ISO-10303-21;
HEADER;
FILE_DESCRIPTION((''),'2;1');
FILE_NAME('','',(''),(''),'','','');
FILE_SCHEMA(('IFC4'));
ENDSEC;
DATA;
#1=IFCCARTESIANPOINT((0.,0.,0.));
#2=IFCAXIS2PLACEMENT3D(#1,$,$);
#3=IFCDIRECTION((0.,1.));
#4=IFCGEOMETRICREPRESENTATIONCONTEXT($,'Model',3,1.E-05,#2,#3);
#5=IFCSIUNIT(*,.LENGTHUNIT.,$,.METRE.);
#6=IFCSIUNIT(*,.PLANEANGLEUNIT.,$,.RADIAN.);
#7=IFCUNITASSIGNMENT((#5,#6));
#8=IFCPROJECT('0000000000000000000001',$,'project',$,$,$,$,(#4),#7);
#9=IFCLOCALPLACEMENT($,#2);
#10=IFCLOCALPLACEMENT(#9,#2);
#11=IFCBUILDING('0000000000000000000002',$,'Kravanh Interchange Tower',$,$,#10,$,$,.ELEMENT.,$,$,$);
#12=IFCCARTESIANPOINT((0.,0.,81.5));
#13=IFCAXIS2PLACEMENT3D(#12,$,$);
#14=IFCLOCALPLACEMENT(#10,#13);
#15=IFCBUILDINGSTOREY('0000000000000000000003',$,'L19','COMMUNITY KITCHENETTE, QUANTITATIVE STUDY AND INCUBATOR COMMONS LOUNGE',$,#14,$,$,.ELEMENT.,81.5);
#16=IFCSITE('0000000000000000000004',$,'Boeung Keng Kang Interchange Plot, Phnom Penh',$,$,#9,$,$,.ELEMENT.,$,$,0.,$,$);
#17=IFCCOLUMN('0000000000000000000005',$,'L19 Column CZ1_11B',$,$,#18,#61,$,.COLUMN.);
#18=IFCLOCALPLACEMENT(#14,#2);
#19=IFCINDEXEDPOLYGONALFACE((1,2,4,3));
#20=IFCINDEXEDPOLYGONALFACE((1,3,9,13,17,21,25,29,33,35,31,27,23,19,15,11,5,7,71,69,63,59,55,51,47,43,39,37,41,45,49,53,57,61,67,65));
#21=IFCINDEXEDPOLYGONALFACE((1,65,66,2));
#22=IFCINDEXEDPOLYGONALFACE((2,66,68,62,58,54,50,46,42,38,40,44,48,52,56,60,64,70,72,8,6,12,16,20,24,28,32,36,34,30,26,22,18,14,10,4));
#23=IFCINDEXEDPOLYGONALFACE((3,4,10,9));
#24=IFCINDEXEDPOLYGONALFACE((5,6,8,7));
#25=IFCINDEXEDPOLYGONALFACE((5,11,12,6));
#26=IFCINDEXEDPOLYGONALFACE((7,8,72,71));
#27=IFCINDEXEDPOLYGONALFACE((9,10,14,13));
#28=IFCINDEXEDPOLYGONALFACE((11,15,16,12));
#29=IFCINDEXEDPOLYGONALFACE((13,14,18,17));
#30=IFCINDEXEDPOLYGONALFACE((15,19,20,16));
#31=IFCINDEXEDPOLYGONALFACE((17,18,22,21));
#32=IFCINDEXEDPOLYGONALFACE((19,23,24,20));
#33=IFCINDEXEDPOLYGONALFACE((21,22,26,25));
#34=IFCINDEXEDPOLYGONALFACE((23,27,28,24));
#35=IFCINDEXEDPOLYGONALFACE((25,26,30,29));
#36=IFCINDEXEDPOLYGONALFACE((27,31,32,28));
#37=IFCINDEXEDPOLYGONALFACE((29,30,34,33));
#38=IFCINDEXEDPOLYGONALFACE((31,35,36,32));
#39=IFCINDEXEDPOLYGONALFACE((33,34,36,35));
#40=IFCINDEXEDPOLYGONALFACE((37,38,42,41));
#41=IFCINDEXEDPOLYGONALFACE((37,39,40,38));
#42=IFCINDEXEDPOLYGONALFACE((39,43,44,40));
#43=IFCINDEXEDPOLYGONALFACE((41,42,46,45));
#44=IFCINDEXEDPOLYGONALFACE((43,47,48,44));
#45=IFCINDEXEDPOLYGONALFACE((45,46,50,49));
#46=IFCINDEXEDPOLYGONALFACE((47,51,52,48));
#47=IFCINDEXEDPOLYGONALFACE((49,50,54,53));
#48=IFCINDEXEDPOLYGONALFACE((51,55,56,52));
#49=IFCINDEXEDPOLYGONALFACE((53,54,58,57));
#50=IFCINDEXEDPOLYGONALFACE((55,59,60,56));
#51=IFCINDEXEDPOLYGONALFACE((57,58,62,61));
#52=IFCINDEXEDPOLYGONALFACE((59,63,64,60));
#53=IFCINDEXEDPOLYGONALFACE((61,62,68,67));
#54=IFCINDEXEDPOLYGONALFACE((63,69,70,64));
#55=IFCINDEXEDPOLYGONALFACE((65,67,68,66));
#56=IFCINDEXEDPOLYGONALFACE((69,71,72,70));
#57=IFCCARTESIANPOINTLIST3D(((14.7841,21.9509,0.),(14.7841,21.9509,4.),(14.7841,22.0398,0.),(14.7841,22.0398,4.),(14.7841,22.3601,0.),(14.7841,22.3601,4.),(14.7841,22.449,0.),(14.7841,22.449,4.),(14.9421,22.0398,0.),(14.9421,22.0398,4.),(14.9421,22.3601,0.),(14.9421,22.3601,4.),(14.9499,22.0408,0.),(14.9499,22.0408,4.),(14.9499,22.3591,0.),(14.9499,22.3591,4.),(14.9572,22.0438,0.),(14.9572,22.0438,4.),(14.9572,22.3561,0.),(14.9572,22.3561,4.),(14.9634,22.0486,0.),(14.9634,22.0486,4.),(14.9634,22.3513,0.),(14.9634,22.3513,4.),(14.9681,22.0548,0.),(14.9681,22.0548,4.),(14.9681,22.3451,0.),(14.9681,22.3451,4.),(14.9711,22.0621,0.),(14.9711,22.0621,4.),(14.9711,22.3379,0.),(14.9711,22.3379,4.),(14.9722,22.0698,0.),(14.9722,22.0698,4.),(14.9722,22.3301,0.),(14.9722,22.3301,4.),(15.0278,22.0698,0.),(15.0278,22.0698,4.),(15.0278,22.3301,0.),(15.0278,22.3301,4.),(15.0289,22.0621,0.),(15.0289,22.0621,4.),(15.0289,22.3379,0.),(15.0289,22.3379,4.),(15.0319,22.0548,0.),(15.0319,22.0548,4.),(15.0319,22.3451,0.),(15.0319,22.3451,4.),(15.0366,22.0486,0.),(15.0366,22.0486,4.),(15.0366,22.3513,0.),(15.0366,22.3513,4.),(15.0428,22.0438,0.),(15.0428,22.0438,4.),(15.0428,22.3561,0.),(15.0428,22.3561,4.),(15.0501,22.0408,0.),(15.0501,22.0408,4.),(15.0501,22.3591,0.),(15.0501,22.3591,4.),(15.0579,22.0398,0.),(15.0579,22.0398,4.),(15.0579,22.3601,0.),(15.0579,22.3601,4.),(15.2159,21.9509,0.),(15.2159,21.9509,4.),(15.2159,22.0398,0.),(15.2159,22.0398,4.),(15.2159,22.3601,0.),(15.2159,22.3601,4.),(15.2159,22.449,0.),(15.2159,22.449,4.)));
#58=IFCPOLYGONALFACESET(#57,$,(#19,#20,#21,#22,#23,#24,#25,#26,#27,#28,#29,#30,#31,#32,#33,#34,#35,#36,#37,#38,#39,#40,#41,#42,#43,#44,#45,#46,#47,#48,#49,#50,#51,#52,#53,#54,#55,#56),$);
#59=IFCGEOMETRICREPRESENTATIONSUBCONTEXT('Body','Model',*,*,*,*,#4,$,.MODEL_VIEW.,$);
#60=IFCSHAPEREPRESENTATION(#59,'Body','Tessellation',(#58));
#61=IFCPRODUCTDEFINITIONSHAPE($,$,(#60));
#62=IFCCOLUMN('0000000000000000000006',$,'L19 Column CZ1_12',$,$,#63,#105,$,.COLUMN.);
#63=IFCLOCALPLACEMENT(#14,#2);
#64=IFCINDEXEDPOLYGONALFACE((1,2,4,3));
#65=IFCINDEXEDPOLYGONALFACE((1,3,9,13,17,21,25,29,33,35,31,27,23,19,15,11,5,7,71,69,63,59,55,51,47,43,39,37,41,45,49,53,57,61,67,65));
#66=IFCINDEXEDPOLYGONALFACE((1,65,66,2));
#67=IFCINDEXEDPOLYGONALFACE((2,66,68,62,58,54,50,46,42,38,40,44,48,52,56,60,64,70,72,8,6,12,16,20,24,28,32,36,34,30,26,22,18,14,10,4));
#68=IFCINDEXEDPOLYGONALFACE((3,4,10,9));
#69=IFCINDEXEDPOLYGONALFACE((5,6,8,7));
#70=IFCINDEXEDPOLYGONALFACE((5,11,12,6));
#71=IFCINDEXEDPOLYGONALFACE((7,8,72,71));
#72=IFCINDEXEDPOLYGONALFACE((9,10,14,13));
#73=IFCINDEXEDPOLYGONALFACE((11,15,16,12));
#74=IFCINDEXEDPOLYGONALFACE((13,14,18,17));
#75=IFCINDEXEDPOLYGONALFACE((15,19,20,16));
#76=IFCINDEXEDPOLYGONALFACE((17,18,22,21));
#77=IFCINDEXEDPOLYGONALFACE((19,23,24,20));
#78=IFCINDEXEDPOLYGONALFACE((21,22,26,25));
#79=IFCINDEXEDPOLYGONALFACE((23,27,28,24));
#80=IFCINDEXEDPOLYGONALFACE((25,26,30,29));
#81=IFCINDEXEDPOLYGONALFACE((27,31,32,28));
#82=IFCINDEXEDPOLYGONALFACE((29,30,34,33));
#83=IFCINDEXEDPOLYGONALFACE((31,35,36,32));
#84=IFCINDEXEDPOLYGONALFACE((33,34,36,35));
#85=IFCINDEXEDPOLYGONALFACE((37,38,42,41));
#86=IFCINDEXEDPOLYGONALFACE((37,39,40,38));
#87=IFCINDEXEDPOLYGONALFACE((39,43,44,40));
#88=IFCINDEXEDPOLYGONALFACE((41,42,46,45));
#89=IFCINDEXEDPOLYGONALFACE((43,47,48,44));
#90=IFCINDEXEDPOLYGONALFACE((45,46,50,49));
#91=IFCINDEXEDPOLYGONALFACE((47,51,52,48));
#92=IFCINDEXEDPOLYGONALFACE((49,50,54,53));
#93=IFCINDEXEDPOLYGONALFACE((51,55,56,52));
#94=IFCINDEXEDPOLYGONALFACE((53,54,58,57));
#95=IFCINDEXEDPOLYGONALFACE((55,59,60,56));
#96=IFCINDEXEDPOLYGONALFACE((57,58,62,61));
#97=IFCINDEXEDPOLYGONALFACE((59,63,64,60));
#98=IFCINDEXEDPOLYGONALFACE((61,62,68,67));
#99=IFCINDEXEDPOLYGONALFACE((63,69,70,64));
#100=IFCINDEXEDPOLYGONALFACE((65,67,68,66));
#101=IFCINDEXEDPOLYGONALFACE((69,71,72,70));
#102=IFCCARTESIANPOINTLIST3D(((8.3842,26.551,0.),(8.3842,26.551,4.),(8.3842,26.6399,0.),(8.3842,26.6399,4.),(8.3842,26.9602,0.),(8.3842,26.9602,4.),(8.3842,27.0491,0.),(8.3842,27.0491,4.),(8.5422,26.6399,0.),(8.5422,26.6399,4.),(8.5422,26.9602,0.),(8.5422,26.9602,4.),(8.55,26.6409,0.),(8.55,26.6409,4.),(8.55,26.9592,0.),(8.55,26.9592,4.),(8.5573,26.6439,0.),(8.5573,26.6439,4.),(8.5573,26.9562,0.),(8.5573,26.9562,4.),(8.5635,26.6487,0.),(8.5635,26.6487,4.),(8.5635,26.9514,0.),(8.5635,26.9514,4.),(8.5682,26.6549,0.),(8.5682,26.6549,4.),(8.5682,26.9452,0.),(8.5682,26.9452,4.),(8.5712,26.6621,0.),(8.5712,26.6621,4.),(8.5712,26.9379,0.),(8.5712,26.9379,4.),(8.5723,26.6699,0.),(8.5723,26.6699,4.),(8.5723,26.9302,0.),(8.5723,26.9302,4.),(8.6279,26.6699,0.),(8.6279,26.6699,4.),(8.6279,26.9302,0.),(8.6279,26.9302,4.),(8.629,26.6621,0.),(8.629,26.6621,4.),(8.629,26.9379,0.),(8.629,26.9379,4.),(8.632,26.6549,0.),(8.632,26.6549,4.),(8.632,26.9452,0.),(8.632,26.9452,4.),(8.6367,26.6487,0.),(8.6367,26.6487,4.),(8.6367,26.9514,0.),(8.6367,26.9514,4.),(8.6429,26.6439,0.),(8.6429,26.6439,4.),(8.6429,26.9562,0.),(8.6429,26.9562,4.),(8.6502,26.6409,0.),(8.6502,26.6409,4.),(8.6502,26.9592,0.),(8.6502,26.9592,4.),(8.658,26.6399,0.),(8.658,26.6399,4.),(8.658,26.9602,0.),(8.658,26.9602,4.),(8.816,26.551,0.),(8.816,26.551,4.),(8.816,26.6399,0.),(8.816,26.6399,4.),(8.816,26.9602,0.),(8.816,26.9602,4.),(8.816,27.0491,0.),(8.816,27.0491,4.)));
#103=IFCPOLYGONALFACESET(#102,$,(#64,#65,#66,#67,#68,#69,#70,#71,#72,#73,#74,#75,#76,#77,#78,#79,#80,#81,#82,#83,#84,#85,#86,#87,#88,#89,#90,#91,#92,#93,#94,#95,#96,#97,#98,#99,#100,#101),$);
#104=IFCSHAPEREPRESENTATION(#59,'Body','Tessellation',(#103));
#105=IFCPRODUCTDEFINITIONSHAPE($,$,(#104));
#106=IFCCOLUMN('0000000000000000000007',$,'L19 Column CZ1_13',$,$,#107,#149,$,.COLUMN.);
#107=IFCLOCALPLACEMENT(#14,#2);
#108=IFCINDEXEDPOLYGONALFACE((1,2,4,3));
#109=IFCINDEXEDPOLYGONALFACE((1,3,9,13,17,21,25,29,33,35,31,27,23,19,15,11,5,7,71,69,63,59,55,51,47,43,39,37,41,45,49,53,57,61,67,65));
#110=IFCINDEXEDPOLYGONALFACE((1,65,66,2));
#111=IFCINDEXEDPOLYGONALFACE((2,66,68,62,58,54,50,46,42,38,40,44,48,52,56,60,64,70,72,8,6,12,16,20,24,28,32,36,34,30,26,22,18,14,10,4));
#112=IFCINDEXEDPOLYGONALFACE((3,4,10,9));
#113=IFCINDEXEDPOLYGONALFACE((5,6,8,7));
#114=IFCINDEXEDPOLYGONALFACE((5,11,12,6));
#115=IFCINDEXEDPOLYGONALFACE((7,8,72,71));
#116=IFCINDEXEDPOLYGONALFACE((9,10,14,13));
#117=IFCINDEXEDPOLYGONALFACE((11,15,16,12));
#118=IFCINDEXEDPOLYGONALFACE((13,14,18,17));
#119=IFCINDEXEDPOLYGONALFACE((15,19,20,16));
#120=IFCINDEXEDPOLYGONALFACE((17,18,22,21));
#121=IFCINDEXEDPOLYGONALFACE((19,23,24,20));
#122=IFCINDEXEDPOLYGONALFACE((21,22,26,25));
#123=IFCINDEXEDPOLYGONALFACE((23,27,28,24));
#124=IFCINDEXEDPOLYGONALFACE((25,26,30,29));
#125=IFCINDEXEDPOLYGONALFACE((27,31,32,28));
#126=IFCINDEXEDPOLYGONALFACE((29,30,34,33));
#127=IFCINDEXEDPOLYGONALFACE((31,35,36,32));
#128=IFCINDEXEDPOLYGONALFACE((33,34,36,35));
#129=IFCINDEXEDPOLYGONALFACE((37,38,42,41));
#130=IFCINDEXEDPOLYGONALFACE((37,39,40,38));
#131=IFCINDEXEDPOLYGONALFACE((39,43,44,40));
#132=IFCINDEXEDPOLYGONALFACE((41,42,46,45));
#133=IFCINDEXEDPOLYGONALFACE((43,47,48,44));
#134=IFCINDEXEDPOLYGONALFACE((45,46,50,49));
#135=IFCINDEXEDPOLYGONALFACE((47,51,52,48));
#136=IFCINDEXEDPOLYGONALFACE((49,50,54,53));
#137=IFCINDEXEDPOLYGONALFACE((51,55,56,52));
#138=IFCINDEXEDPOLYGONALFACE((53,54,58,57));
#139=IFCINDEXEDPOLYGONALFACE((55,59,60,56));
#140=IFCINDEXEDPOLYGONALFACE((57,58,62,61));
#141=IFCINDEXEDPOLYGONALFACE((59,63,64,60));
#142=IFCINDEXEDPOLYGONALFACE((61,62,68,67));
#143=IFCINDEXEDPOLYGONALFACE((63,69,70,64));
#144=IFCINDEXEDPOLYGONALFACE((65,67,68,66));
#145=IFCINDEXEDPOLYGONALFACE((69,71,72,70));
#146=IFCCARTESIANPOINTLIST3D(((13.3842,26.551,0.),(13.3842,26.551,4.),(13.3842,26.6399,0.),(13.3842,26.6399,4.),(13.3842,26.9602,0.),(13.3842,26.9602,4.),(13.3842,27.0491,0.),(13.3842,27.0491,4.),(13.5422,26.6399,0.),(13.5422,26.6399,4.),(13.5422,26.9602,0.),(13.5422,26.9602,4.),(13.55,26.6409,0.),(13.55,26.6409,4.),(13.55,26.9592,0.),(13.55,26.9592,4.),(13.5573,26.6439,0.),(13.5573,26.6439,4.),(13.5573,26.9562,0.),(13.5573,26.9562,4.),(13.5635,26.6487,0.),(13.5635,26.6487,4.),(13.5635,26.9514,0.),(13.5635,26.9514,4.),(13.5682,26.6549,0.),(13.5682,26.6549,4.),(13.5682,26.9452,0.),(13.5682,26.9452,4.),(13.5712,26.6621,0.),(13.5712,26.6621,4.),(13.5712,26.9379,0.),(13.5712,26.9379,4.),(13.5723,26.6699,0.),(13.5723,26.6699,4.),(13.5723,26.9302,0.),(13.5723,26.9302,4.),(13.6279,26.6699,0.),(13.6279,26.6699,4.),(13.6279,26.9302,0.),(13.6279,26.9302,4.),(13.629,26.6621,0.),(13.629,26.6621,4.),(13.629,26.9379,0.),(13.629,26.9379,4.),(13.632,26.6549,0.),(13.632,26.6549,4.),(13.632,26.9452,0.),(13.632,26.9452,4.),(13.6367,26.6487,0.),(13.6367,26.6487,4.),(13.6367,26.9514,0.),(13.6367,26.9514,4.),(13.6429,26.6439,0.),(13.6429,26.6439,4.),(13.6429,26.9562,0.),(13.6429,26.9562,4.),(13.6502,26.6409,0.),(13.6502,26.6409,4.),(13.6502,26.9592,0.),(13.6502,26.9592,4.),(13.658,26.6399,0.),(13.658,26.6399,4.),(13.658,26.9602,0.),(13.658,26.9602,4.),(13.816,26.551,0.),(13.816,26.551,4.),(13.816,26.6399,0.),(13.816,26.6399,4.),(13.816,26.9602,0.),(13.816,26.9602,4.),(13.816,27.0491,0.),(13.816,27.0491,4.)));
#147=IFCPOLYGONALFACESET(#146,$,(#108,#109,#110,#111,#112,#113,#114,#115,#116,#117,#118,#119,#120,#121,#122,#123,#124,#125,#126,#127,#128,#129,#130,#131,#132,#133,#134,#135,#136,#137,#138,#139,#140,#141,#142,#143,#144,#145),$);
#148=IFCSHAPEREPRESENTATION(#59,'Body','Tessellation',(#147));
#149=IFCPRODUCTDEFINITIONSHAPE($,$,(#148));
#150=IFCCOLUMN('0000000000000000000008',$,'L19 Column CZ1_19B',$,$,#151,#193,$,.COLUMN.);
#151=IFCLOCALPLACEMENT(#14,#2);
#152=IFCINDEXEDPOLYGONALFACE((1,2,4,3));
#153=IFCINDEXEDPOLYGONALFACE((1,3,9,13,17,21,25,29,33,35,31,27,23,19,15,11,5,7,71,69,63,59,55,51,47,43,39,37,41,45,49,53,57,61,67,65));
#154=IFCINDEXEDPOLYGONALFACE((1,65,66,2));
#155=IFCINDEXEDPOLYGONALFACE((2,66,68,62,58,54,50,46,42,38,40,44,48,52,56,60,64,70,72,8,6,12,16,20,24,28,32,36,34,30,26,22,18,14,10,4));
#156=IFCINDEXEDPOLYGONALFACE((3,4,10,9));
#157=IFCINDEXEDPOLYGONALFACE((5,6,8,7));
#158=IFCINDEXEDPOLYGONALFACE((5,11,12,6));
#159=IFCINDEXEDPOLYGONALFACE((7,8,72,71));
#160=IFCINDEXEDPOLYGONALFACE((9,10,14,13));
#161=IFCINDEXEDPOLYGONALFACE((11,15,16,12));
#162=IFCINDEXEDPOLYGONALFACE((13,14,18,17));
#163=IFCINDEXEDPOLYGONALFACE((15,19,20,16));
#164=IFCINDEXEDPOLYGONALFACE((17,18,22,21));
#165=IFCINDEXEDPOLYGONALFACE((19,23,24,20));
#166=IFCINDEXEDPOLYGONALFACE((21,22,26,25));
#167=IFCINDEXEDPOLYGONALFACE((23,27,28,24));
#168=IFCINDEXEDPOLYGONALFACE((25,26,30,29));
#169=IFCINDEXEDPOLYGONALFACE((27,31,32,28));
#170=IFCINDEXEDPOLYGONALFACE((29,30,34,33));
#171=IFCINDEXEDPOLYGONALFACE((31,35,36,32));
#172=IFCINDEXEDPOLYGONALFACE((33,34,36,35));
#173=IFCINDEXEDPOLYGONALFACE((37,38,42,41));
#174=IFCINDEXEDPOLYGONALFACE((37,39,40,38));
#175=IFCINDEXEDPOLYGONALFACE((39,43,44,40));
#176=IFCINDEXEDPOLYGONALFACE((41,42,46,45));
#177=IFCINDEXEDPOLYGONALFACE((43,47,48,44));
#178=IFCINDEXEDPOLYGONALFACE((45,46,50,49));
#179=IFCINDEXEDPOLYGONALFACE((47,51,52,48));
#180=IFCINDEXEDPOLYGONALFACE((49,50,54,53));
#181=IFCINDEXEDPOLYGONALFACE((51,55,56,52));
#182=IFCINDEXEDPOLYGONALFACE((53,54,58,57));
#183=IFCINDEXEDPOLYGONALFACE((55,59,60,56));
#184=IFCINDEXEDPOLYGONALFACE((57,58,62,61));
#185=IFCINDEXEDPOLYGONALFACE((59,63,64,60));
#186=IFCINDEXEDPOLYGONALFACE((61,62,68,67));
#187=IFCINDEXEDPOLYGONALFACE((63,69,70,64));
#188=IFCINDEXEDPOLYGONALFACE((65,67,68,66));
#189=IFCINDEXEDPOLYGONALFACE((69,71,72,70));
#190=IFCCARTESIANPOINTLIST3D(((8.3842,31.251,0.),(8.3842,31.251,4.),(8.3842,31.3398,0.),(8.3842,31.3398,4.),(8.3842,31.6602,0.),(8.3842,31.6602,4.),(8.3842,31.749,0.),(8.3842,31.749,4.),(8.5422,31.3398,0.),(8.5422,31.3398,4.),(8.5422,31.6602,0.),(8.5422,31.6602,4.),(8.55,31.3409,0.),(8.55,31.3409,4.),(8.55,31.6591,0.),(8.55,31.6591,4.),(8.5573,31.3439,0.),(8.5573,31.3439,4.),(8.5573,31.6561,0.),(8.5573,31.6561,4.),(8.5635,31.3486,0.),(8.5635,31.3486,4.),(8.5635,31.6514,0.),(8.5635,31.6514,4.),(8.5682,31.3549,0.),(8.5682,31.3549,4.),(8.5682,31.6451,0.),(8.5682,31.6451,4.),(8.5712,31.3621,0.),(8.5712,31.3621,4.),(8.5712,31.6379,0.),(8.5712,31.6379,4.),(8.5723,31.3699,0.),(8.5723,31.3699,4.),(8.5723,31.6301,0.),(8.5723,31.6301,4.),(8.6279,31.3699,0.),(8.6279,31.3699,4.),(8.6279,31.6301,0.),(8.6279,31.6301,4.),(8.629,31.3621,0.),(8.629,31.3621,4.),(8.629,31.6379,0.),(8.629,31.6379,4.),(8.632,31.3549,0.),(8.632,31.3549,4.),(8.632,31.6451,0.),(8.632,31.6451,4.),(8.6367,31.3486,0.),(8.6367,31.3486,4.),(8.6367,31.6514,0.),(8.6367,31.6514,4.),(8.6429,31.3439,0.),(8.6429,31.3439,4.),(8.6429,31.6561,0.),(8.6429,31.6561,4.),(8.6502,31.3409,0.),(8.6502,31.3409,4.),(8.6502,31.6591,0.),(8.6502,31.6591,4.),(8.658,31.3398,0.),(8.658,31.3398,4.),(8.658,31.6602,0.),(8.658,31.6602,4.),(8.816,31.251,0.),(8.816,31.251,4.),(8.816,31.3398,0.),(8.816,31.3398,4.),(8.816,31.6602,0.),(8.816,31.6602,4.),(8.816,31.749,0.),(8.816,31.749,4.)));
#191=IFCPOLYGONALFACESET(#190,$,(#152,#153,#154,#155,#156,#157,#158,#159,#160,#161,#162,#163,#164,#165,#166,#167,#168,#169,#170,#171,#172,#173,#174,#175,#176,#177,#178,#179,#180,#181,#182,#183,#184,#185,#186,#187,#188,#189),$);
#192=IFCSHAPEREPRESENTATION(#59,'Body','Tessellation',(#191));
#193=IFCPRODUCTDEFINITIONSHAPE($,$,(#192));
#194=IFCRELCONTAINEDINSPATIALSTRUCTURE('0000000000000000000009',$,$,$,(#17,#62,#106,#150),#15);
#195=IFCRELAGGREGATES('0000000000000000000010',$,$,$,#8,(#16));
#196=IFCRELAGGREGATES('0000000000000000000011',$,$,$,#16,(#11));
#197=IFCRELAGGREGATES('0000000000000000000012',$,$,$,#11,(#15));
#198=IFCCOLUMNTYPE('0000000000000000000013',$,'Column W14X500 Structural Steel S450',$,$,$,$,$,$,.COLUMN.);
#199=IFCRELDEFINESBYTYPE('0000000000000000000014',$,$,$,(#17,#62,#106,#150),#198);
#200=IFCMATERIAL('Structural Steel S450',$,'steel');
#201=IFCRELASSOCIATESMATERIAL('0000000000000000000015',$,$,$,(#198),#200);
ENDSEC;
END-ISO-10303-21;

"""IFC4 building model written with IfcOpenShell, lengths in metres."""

from ifc_helpers import new_model, si_unit, direction, frame, origin, origin_2d, place, context, subcontext, project, spatial, i_section, extrude, material, material_profile, profile_set, type_object, element, save


model = new_model("IFC4")

# Units and contexts
model_context = context("Model", 3, precision=1e-05, world=origin(), true_north=direction((0.0, 1.0)))
body_context = subcontext(model_context, "Body", "Model", "MODEL_VIEW")
ifc_project = project(units=[si_unit("LENGTHUNIT", "METRE"), si_unit("PLANEANGLEUNIT", "RADIAN")], contexts=[model_context])

# Site, building, storey
site_placement = place(None, origin())
site = spatial("IfcSite", under=ifc_project, at=site_placement, Name="Boeung Keng Kang Interchange Plot, Phnom Penh", CompositionType="ELEMENT", RefElevation=0.0)
building_placement = place(site_placement, origin())
building = spatial("IfcBuilding", under=site, at=building_placement, Name="Kravanh Interchange Tower", CompositionType="ELEMENT")
storey_placement = place(building_placement, frame((0.0, 0.0, 81.5)))
storey = spatial("IfcBuildingStorey", under=building, at=storey_placement, Name="L19", Description="COMMUNITY KITCHENETTE, QUANTITATIVE STUDY AND INCUBATOR COMMONS LOUNGE", CompositionType="ELEMENT", Elevation=81.5)

# Columns
ifc_material_1 = material(Name="Structural Steel S450", Category="steel")
ifc_material_profile_1 = material_profile(ifc_material_1, i_section(OverallWidth=0.4319, OverallDepth=0.498, WebThickness=0.0557, FlangeThickness=0.0889, FilletRadius=0.03, at=origin_2d()), Name="W14X500")
ifc_profile_set_1 = profile_set([ifc_material_profile_1], Name="Structural Steel S450")
column_type = type_object("IfcColumnType", Name="Column W14X500 Structural Steel S450", PredefinedType="COLUMN", material=ifc_profile_set_1)
for number, where, z_axis, x_axis, name in (
    (1, (15.0, 22.2, 0.0), (0.0, 0.0, 1.0), (1.0, 0.0, 0.0), "L19 Column CZ1_11B"),
    (2, (8.6001, 26.8, 0.0), (0.0, 0.0, 1.0), (1.0, 0.0, 0.0), "L19 Column CZ1_12"),
    (3, (13.6001, 26.8, 0.0), (0.0, 0.0, 1.0), (1.0, 0.0, 0.0), "L19 Column CZ1_13"),
    (4, (8.6001, 31.5, 0.0), (0.0, 0.0, 1.0), (1.0, 0.0, 0.0), "L19 Column CZ1_19B"),
):
    element("IfcColumn", number, at=place(storey_placement, frame(where, z_axis=z_axis, x_axis=x_axis)), inside=storey, type_object=column_type, Name=name, PredefinedType="COLUMN", context=body_context, shape_type="SweptSolid", body=[
        extrude(i_section(OverallWidth=0.4319, OverallDepth=0.498, WebThickness=0.0557, FlangeThickness=0.0889, FilletRadius=0.03, at=origin_2d()), origin(), (0.0, 0.0, 1.0), 4.0),
    ])

save(model, "model.ifc")
